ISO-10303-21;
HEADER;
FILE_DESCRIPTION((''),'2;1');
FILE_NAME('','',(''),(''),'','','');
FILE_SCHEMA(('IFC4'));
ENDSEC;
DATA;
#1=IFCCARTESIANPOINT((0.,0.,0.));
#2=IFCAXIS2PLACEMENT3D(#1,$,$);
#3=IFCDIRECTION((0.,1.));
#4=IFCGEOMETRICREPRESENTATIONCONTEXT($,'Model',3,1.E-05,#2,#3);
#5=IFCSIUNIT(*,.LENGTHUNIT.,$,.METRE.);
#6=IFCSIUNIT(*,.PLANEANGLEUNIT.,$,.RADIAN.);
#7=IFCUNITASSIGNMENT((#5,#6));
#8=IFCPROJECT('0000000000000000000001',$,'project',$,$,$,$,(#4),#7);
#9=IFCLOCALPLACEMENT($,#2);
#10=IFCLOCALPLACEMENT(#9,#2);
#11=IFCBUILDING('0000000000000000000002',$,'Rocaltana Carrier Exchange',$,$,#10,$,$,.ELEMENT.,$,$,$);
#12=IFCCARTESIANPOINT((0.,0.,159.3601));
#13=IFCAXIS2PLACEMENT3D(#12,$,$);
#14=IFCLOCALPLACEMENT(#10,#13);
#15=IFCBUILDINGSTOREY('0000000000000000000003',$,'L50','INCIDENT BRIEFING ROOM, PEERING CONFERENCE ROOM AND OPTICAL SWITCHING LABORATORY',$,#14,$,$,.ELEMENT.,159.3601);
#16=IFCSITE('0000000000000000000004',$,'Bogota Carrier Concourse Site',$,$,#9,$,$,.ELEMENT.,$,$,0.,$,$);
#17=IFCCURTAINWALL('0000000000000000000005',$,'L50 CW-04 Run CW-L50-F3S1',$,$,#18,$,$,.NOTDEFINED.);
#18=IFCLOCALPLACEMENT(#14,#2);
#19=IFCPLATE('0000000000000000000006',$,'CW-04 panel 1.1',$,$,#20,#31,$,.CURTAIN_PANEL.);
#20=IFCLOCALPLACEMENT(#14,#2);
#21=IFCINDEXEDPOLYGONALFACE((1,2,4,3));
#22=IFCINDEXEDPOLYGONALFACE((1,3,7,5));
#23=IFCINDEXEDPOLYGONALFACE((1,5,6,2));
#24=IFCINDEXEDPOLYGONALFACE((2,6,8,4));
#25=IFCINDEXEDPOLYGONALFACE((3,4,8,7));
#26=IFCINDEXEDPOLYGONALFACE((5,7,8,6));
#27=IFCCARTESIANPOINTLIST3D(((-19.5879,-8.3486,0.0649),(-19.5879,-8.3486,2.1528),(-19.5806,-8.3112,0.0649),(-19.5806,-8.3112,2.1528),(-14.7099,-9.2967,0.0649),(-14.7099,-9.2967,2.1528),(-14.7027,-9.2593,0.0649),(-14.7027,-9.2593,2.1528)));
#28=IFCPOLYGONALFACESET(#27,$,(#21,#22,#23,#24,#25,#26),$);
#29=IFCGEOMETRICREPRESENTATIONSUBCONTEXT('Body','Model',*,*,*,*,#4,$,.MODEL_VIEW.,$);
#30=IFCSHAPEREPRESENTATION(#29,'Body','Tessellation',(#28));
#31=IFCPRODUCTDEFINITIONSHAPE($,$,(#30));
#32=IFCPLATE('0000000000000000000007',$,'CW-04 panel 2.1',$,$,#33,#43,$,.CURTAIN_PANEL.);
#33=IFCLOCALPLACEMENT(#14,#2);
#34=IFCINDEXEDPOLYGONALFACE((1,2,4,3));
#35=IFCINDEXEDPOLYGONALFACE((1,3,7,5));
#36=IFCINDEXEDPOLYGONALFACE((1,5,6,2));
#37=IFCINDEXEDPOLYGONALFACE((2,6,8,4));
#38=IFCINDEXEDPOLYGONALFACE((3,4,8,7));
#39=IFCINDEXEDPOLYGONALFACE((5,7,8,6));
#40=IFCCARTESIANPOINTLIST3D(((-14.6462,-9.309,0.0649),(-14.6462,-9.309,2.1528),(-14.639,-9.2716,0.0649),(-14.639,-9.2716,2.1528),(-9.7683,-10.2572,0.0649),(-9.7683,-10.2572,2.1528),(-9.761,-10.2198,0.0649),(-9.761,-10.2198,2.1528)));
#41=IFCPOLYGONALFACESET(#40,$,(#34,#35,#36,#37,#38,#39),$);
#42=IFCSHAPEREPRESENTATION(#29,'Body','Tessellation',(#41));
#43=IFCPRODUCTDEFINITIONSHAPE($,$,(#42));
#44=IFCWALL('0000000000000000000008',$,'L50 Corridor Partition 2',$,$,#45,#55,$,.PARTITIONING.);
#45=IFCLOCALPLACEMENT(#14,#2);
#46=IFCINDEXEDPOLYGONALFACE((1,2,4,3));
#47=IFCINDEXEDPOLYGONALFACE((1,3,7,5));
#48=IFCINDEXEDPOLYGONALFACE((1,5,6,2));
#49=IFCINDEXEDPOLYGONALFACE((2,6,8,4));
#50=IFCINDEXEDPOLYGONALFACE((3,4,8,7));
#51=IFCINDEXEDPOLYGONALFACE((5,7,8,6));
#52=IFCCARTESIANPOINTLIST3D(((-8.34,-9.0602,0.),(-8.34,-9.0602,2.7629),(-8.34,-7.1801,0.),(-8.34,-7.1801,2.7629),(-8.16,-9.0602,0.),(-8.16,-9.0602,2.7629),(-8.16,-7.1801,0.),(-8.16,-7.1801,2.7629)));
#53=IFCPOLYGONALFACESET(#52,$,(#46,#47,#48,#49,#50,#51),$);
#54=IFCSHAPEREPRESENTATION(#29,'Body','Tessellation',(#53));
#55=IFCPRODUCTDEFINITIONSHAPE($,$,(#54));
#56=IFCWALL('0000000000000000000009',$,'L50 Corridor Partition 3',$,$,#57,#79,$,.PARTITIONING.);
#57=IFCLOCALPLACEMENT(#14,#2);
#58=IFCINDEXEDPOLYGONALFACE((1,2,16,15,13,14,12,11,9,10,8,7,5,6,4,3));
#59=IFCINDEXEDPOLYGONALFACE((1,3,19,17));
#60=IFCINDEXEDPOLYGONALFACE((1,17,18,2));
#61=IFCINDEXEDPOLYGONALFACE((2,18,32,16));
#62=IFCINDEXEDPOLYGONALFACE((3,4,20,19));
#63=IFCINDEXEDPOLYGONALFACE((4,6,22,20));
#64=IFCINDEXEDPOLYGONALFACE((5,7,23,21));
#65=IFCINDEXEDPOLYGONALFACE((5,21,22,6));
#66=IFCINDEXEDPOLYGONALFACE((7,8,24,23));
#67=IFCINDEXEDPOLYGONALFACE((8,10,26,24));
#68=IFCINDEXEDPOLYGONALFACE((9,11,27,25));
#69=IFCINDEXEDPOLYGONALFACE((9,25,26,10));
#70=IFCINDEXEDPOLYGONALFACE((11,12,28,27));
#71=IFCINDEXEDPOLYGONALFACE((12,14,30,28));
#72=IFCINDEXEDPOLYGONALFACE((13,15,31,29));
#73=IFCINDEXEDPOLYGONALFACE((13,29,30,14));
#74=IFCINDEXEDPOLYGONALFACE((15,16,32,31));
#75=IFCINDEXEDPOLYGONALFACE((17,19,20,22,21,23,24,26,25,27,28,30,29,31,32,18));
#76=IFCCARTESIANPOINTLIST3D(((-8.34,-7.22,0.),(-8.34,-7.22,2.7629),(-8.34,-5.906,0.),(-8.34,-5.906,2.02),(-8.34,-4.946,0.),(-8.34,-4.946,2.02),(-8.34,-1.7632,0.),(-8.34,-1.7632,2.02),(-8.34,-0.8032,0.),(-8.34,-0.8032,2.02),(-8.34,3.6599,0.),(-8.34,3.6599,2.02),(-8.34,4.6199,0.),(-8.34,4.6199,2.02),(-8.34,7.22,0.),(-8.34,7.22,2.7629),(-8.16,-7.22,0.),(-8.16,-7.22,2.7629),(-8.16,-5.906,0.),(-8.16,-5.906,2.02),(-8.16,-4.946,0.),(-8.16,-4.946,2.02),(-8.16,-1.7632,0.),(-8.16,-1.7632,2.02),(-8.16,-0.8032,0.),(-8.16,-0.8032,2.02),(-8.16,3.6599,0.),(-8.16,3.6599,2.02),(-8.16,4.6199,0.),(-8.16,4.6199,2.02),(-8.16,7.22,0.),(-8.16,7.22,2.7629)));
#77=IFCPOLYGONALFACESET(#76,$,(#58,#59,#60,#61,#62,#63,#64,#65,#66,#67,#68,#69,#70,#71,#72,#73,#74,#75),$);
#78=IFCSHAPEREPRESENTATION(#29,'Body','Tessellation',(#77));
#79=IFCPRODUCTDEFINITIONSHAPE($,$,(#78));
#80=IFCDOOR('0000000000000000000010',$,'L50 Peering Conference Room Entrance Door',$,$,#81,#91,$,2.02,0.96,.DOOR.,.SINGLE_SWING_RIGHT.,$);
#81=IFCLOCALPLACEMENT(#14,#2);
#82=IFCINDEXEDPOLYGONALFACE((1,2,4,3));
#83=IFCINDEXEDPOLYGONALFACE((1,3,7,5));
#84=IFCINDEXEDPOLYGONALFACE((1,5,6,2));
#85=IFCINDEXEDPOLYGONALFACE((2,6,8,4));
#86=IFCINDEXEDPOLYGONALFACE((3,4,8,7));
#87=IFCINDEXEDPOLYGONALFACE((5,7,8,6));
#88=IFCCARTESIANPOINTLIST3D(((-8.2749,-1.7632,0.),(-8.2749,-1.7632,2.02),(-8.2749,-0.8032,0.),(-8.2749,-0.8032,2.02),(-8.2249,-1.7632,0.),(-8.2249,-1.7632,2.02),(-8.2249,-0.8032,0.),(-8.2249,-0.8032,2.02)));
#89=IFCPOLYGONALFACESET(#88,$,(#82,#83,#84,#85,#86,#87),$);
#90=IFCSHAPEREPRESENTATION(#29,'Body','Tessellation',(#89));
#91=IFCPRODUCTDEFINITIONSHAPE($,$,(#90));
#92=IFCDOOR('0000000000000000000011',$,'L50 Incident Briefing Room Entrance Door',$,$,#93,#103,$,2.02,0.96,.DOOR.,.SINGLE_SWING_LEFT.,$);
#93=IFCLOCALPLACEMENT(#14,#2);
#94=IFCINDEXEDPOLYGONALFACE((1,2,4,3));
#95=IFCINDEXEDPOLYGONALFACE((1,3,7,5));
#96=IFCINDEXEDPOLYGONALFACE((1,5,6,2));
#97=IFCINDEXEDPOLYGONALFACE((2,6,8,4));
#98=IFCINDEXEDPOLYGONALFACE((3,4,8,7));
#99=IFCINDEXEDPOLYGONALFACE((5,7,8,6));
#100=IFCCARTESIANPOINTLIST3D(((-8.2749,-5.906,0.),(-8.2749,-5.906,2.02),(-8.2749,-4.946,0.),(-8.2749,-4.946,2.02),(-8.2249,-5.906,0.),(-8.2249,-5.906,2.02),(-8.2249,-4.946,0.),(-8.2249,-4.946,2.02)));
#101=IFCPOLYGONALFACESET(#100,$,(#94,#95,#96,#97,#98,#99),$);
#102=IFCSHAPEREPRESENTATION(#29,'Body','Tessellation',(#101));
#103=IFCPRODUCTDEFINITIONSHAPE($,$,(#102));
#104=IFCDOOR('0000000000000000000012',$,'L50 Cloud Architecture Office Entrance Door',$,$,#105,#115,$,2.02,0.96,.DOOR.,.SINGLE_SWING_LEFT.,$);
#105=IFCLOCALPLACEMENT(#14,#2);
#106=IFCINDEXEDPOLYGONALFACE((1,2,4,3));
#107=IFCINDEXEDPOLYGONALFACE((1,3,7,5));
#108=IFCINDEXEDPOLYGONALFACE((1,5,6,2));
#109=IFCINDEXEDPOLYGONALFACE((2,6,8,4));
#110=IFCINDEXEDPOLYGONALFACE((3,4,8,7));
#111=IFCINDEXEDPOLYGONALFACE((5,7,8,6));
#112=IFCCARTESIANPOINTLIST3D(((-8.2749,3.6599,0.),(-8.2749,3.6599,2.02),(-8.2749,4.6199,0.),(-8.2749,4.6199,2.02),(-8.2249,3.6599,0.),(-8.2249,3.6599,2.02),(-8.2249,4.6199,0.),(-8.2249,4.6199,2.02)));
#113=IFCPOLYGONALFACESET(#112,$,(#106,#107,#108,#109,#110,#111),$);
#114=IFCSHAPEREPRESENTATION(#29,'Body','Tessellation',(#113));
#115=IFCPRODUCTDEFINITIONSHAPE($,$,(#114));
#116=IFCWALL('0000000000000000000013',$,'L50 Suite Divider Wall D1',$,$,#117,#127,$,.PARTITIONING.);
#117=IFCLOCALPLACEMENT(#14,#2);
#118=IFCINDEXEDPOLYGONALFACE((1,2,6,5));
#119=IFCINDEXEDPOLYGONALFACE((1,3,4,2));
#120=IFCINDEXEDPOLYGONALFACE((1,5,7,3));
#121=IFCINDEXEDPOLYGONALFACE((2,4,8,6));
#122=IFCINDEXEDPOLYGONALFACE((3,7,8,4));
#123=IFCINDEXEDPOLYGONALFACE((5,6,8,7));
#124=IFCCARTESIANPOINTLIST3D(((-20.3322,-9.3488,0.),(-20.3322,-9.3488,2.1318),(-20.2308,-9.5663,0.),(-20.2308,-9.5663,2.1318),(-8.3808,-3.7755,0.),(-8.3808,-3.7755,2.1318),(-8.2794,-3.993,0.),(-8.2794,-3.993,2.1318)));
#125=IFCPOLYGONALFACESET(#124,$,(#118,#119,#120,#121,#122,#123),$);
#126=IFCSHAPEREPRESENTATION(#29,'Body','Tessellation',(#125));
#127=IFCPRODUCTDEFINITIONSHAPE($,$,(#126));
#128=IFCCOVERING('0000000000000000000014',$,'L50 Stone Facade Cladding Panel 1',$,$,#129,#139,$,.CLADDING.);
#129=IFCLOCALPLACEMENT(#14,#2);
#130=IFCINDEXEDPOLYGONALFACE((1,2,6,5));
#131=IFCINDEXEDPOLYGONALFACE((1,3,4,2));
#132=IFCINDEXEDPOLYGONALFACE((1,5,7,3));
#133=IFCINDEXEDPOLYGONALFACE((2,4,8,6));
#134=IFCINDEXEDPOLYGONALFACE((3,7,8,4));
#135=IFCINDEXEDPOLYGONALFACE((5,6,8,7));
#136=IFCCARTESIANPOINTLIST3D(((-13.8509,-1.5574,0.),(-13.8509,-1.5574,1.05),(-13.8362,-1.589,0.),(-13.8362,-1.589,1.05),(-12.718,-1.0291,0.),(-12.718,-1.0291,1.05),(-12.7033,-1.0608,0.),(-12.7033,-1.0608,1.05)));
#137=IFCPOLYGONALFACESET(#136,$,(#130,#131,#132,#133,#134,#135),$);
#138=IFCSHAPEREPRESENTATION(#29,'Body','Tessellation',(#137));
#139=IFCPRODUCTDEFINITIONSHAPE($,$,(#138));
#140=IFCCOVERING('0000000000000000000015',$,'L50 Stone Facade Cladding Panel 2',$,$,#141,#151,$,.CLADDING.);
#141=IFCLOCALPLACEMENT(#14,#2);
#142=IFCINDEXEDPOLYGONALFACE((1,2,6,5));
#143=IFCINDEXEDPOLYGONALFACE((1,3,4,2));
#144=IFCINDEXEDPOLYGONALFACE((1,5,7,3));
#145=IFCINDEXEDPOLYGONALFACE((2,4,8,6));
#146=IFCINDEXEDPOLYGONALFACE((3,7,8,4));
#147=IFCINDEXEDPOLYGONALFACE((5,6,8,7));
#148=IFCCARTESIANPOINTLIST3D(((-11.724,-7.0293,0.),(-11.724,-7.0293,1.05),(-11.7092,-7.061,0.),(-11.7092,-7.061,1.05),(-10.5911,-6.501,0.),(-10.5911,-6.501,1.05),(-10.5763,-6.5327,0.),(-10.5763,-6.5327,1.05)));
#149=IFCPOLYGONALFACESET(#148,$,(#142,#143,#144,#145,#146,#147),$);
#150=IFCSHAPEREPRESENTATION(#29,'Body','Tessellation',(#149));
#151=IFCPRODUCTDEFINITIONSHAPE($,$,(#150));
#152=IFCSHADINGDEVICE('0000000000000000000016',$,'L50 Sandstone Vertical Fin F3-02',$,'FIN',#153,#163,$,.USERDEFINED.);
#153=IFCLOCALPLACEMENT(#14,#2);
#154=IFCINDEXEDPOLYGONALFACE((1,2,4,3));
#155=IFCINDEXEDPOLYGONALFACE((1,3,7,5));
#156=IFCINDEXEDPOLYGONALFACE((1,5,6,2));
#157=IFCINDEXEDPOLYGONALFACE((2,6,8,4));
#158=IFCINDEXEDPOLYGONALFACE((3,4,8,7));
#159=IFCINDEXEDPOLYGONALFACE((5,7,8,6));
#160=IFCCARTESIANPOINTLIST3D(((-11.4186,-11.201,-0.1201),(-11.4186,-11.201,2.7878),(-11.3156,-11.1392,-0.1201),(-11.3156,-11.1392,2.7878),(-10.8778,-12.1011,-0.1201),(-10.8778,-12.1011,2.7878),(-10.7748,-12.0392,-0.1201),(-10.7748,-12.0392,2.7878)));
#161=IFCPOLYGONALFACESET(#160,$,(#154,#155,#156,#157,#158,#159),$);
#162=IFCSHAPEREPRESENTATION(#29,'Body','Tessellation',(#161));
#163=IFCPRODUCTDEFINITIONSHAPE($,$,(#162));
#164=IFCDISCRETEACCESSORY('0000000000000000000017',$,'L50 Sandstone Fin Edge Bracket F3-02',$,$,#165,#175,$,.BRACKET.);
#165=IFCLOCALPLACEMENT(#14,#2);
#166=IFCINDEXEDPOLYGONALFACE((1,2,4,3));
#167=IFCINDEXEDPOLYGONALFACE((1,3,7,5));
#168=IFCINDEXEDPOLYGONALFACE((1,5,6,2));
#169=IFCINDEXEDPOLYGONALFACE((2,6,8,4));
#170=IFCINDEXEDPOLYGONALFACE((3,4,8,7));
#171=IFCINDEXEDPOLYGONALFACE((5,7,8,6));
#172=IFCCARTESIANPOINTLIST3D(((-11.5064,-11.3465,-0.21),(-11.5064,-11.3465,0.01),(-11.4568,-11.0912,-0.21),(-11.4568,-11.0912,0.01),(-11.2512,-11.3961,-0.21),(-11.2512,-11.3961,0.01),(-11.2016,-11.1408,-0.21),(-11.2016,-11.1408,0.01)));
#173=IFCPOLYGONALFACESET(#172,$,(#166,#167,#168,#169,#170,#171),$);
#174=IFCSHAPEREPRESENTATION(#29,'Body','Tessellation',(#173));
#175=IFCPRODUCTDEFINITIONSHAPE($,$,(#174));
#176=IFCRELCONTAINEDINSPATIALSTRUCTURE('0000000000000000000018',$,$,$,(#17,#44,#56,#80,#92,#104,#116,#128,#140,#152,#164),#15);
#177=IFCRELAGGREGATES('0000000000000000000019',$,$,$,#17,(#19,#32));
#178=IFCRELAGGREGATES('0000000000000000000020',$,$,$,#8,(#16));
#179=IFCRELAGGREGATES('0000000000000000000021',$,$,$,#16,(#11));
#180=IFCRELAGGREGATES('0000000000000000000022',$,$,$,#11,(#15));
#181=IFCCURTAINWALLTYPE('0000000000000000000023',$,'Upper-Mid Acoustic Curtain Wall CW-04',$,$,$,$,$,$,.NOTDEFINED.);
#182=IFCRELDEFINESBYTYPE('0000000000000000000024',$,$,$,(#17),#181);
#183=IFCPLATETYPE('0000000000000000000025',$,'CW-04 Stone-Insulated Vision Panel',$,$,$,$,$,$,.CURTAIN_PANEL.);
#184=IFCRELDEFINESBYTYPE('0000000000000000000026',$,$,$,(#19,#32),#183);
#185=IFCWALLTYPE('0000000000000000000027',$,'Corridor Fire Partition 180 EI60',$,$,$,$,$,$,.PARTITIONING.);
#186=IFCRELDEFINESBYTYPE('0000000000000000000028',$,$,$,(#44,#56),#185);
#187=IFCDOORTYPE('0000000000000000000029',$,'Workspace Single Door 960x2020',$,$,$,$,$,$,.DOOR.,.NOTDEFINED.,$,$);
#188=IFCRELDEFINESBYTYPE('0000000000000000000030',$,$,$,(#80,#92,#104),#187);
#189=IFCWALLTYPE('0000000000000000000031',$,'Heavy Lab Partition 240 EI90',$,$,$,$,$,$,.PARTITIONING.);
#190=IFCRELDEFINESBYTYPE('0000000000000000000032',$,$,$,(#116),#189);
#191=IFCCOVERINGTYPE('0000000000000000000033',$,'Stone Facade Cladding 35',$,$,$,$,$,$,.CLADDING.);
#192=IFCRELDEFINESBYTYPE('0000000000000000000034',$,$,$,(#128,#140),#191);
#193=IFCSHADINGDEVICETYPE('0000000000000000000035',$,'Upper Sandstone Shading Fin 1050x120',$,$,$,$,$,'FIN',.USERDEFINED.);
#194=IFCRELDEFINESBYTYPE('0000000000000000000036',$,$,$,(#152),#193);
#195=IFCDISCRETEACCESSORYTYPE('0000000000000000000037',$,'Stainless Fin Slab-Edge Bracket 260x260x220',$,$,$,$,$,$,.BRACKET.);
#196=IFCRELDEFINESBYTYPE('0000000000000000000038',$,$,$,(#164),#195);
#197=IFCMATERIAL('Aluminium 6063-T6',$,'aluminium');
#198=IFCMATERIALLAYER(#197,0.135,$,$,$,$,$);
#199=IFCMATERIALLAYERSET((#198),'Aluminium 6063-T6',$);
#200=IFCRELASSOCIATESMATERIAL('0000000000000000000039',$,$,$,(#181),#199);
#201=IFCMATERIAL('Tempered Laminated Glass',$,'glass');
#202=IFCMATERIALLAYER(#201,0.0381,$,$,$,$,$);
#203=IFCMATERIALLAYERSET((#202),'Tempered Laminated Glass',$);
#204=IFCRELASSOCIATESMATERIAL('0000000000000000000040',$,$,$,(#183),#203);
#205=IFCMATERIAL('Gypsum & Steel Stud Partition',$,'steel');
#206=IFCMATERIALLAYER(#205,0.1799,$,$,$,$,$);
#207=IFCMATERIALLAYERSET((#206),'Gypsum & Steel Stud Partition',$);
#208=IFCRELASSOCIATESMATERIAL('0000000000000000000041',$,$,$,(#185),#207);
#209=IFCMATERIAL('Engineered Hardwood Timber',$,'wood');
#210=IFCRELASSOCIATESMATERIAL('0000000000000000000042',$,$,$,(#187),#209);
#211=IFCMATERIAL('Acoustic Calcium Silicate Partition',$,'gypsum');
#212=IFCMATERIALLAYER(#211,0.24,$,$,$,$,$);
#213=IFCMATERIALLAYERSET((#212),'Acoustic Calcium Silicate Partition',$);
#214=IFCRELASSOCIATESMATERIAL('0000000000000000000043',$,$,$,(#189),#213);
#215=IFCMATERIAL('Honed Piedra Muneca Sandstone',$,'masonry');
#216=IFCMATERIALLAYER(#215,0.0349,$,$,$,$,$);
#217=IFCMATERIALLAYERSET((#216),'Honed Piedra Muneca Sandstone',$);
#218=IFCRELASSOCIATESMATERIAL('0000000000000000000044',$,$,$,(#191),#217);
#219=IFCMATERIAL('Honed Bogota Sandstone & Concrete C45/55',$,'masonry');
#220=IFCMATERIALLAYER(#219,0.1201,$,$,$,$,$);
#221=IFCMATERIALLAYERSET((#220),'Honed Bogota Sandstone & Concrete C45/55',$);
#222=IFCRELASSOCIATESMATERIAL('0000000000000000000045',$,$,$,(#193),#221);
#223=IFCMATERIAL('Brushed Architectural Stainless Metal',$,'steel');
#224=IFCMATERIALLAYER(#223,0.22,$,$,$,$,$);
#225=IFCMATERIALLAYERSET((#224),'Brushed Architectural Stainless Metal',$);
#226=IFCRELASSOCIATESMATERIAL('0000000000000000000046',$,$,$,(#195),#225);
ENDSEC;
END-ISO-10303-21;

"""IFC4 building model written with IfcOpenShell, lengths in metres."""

from ifc_helpers import new_model, si_unit, direction, frame, frame_2d, origin, origin_2d, place, context, subcontext, project, spatial, rectangle, extrude, material, layer, layer_set, type_object, element, fill, aggregate, save


model = new_model("IFC4")

# Units and contexts
model_context = context("Model", 3, precision=1e-05, world=origin(), true_north=direction((0.0, 1.0)))
body_context = subcontext(model_context, "Body", "Model", "MODEL_VIEW")
ifc_project = project(units=[si_unit("LENGTHUNIT", "METRE"), si_unit("PLANEANGLEUNIT", "RADIAN")], contexts=[model_context])

# Site, building, storey
site_placement = place(None, origin())
site = spatial("IfcSite", under=ifc_project, at=site_placement, Name="Bogota Carrier Concourse Site", CompositionType="ELEMENT", RefElevation=0.0)
building_placement = place(site_placement, origin())
building = spatial("IfcBuilding", under=site, at=building_placement, Name="Rocaltana Carrier Exchange", CompositionType="ELEMENT")
storey_placement = place(building_placement, frame((0.0, 0.0, 159.3601)))
storey = spatial("IfcBuildingStorey", under=building, at=storey_placement, Name="L50", Description="INCIDENT BRIEFING ROOM, PEERING CONFERENCE ROOM AND OPTICAL SWITCHING LABORATORY", CompositionType="ELEMENT", Elevation=159.3601)

# Curtain wall
ifc_material_1 = material(Name="Aluminium 6063-T6", Category="aluminium")
ifc_layer_1 = layer(ifc_material_1, 0.135)
ifc_layer_set_1 = layer_set([ifc_layer_1], Name="Aluminium 6063-T6")
curtain_wall_type = type_object("IfcCurtainWallType", Name="Upper-Mid Acoustic Curtain Wall CW-04", PredefinedType="NOTDEFINED", material=ifc_layer_set_1)
curtain_wall_placement = place(storey_placement, origin())
curtain_wall = element("IfcCurtainWall", 1, at=curtain_wall_placement, inside=storey, type_object=curtain_wall_type, Name="L50 CW-04 Run CW-L50-F3S1", PredefinedType="NOTDEFINED")

# Plates
ifc_material_2 = material(Name="Tempered Laminated Glass", Category="glass")
ifc_layer_2 = layer(ifc_material_2, 0.0381)
ifc_layer_set_2 = layer_set([ifc_layer_2], Name="Tempered Laminated Glass")
plate_type = type_object("IfcPlateType", Name="CW-04 Stone-Insulated Vision Panel", PredefinedType="CURTAIN_PANEL", material=ifc_layer_set_2)
plate_1_placement = place(storey_placement, frame((-17.1453, -8.804, 0.0649), z_axis=(0.0, 0.0, 1.0), x_axis=(0.981628, -0.190803, 0.0)))
plate_1 = element("IfcPlate", 2, at=plate_1_placement, type_object=plate_type, Name="CW-04 panel 1.1", PredefinedType="CURTAIN_PANEL", context=body_context, shape_type="SweptSolid", body=[
    extrude(rectangle(XDim=4.9692, YDim=0.0381, at=origin_2d()), origin(), (0.0, 0.0, 1.0), 2.0879),
])
plate_2_placement = place(storey_placement, frame((-12.2036, -9.7644, 0.0649), z_axis=(0.0, 0.0, 1.0), x_axis=(0.981628, -0.190803, 0.0)))
plate_2 = element("IfcPlate", 3, at=plate_2_placement, type_object=plate_type, Name="CW-04 panel 2.1", PredefinedType="CURTAIN_PANEL", context=body_context, shape_type="SweptSolid", body=[
    extrude(rectangle(XDim=4.9692, YDim=0.0381, at=origin_2d()), origin(), (0.0, 0.0, 1.0), 2.0879),
])
aggregate(curtain_wall, [plate_1, plate_2])

# Wall
ifc_material_3 = material(Name="Gypsum & Steel Stud Partition", Category="steel")
ifc_layer_3 = layer(ifc_material_3, 0.1799)
ifc_layer_set_3 = layer_set([ifc_layer_3], Name="Gypsum & Steel Stud Partition")
wall_type_1 = type_object("IfcWallType", Name="Corridor Fire Partition 180 EI60", PredefinedType="PARTITIONING", material=ifc_layer_set_3)
wall_1_placement = place(storey_placement, frame((-8.25, -9.0601, 0.0), z_axis=(0.0, 0.0, 1.0), x_axis=(0.0, 1.0, 0.0)))
element("IfcWall", 4, at=wall_1_placement, inside=storey, type_object=wall_type_1, Name="L50 Corridor Partition 2", PredefinedType="PARTITIONING", context=body_context, shape_type="SweptSolid", body=[
    extrude(rectangle(XDim=1.8801, YDim=0.1799, at=frame_2d((0.9399, 0.0))), origin(), (0.0, 0.0, 1.0), 2.7629),
])

# Wall, openings, doors
wall_2_placement = place(storey_placement, frame((-8.25, -7.22, 0.0), z_axis=(0.0, 0.0, 1.0), x_axis=(0.0, 1.0, 0.0)))
wall_2 = element("IfcWall", 5, at=wall_2_placement, inside=storey, type_object=wall_type_1, Name="L50 Corridor Partition 3", PredefinedType="PARTITIONING", context=body_context, shape_type="SweptSolid", body=[
    extrude(rectangle(XDim=14.4399, YDim=0.1799, at=frame_2d((7.22, 0.0))), origin(), (0.0, 0.0, 1.0), 2.7629),
])
opening_1_placement = place(wall_2_placement, frame((5.4568, 0.0, 0.0)))
opening_1 = element("IfcOpeningElement", 6, at=opening_1_placement, cuts=wall_2, PredefinedType="OPENING", context=body_context, shape_type="SweptSolid", body=[
    extrude(rectangle(XDim=0.96, YDim=2.02, at=frame_2d((0.48, 1.01))), frame((0.0, 0.0999, 0.0), z_axis=(0.0, -1.0, 0.0), x_axis=(1.0, 0.0, 0.0)), (0.0, 0.0, 1.0), 0.2),
])
opening_2_placement = place(wall_2_placement, frame((1.314, 0.0, 0.0)))
opening_2 = element("IfcOpeningElement", 7, at=opening_2_placement, cuts=wall_2, PredefinedType="OPENING", context=body_context, shape_type="SweptSolid", body=[
    extrude(rectangle(XDim=0.96, YDim=2.02, at=frame_2d((0.48, 1.01))), frame((0.0, 0.0999, 0.0), z_axis=(0.0, -1.0, 0.0), x_axis=(1.0, 0.0, 0.0)), (0.0, 0.0, 1.0), 0.2),
])
opening_3_placement = place(wall_2_placement, frame((10.8799, 0.0, 0.0)))
opening_3 = element("IfcOpeningElement", 8, at=opening_3_placement, cuts=wall_2, PredefinedType="OPENING", context=body_context, shape_type="SweptSolid", body=[
    extrude(rectangle(XDim=0.96, YDim=2.02, at=frame_2d((0.48, 1.01))), frame((0.0, 0.0999, 0.0), z_axis=(0.0, -1.0, 0.0), x_axis=(1.0, 0.0, 0.0)), (0.0, 0.0, 1.0), 0.2),
])
ifc_material_4 = material(Name="Engineered Hardwood Timber", Category="wood")
door_type = type_object("IfcDoorType", Name="Workspace Single Door 960x2020", OperationType="NOTDEFINED", PredefinedType="DOOR", material=ifc_material_4)
door_1_placement = place(opening_1_placement, origin())
door_1 = element("IfcDoor", 9, at=door_1_placement, inside=storey, type_object=door_type, Name="L50 Peering Conference Room Entrance Door", OperationType="SINGLE_SWING_RIGHT", OverallHeight=2.02, OverallWidth=0.96, PredefinedType="DOOR", context=body_context, shape_type="SweptSolid", body=[
    extrude(rectangle(XDim=0.96, YDim=2.02, at=frame_2d((0.48, 1.01))), frame((0.0, 0.0249, 0.0), z_axis=(0.0, -1.0, 0.0), x_axis=(1.0, 0.0, 0.0)), (0.0, 0.0, 1.0), 0.05),
])
fill(opening_1, door_1)
door_2_placement = place(opening_2_placement, origin())
door_2 = element("IfcDoor", 10, at=door_2_placement, inside=storey, type_object=door_type, Name="L50 Incident Briefing Room Entrance Door", OperationType="SINGLE_SWING_LEFT", OverallHeight=2.02, OverallWidth=0.96, PredefinedType="DOOR", context=body_context, shape_type="SweptSolid", body=[
    extrude(rectangle(XDim=0.96, YDim=2.02, at=frame_2d((0.48, 1.01))), frame((0.0, 0.0249, 0.0), z_axis=(0.0, -1.0, 0.0), x_axis=(1.0, 0.0, 0.0)), (0.0, 0.0, 1.0), 0.05),
])
fill(opening_2, door_2)
door_3_placement = place(opening_3_placement, origin())
door_3 = element("IfcDoor", 11, at=door_3_placement, inside=storey, type_object=door_type, Name="L50 Cloud Architecture Office Entrance Door", OperationType="SINGLE_SWING_LEFT", OverallHeight=2.02, OverallWidth=0.96, PredefinedType="DOOR", context=body_context, shape_type="SweptSolid", body=[
    extrude(rectangle(XDim=0.96, YDim=2.02, at=frame_2d((0.48, 1.01))), frame((0.0, 0.0249, 0.0), z_axis=(0.0, -1.0, 0.0), x_axis=(1.0, 0.0, 0.0)), (0.0, 0.0, 1.0), 0.05),
])
fill(opening_3, door_3)

# Wall
ifc_material_5 = material(Name="Acoustic Calcium Silicate Partition", Category="gypsum")
ifc_layer_4 = layer(ifc_material_5, 0.24)
ifc_layer_set_4 = layer_set([ifc_layer_4], Name="Acoustic Calcium Silicate Partition")
wall_type_2 = type_object("IfcWallType", Name="Heavy Lab Partition 240 EI90", PredefinedType="PARTITIONING", material=ifc_layer_set_4)
wall_3_placement = place(storey_placement, frame((-8.3301, -3.8843, 0.0), z_axis=(0.0, 0.0, 1.0), x_axis=(-0.906302, -0.422631, 0.0)))
element("IfcWall", 12, at=wall_3_placement, inside=storey, type_object=wall_type_2, Name="L50 Suite Divider Wall D1", PredefinedType="PARTITIONING", context=body_context, shape_type="SweptSolid", body=[
    extrude(rectangle(XDim=13.187, YDim=0.24, at=frame_2d((6.5935, 0.0))), origin(), (0.0, 0.0, 1.0), 2.1318),
])

# Coverings
ifc_material_6 = material(Name="Honed Piedra Muneca Sandstone", Category="masonry")
ifc_layer_5 = layer(ifc_material_6, 0.0349)
ifc_layer_set_5 = layer_set([ifc_layer_5], Name="Honed Piedra Muneca Sandstone")
covering_type = type_object("IfcCoveringType", Name="Stone Facade Cladding 35", PredefinedType="CLADDING", material=ifc_layer_set_5)
for number, where, z_axis, x_axis, name in (
    (13, (-13.2771, -1.3091, 0.0), (0.0, 0.0, 1.0), (0.906308, 0.422618, 0.0), "L50 Stone Facade Cladding Panel 1"),
    (14, (-11.1501, -6.781, 0.0), (0.0, 0.0, 1.0), (0.906308, 0.422618, 0.0), "L50 Stone Facade Cladding Panel 2"),
):
    element("IfcCovering", number, at=place(storey_placement, frame(where, z_axis=z_axis, x_axis=x_axis)), inside=storey, type_object=covering_type, Name=name, PredefinedType="CLADDING", context=body_context, shape_type="SweptSolid", body=[
        extrude(rectangle(XDim=1.25, YDim=0.0349, at=origin_2d()), origin(), (0.0, 0.0, 1.0), 1.05),
    ])

# Shading device
ifc_material_7 = material(Name="Honed Bogota Sandstone & Concrete C45/55", Category="masonry")
ifc_layer_6 = layer(ifc_material_7, 0.1201)
ifc_layer_set_6 = layer_set([ifc_layer_6], Name="Honed Bogota Sandstone & Concrete C45/55")
shading_device_type = type_object("IfcShadingDeviceType", Name="Upper Sandstone Shading Fin 1050x120", ElementType="FIN", PredefinedType="USERDEFINED", material=ifc_layer_set_6)
shading_device_placement = place(storey_placement, frame((-11.0967, -11.6201, -0.1201), z_axis=(0.0, 0.0, 1.0), x_axis=(0.515038, -0.857167, 0.0)))
element("IfcShadingDevice", 15, at=shading_device_placement, inside=storey, type_object=shading_device_type, Name="L50 Sandstone Vertical Fin F3-02", ObjectType="FIN", PredefinedType="USERDEFINED", context=body_context, shape_type="SweptSolid", body=[
    extrude(rectangle(XDim=1.05, YDim=0.1201, at=origin_2d()), origin(), (0.0, 0.0, 1.0), 2.908),
])

# Discrete accessory
ifc_material_8 = material(Name="Brushed Architectural Stainless Metal", Category="steel")
ifc_layer_7 = layer(ifc_material_8, 0.22)
ifc_layer_set_7 = layer_set([ifc_layer_7], Name="Brushed Architectural Stainless Metal")
discrete_accessory_type = type_object("IfcDiscreteAccessoryType", Name="Stainless Fin Slab-Edge Bracket 260x260x220", PredefinedType="BRACKET", material=ifc_layer_set_7)
discrete_accessory_placement = place(storey_placement, frame((-11.354, -11.2437, -0.21), z_axis=(0.0, 0.0, 1.0), x_axis=(0.981627, -0.190809, 0.0)))
element("IfcDiscreteAccessory", 16, at=discrete_accessory_placement, inside=storey, type_object=discrete_accessory_type, Name="L50 Sandstone Fin Edge Bracket F3-02", PredefinedType="BRACKET", context=body_context, shape_type="SweptSolid", body=[
    extrude(rectangle(XDim=0.26, YDim=0.26, at=origin_2d()), origin(), (0.0, 0.0, 1.0), 0.22),
])

save(model, "model.ifc")
